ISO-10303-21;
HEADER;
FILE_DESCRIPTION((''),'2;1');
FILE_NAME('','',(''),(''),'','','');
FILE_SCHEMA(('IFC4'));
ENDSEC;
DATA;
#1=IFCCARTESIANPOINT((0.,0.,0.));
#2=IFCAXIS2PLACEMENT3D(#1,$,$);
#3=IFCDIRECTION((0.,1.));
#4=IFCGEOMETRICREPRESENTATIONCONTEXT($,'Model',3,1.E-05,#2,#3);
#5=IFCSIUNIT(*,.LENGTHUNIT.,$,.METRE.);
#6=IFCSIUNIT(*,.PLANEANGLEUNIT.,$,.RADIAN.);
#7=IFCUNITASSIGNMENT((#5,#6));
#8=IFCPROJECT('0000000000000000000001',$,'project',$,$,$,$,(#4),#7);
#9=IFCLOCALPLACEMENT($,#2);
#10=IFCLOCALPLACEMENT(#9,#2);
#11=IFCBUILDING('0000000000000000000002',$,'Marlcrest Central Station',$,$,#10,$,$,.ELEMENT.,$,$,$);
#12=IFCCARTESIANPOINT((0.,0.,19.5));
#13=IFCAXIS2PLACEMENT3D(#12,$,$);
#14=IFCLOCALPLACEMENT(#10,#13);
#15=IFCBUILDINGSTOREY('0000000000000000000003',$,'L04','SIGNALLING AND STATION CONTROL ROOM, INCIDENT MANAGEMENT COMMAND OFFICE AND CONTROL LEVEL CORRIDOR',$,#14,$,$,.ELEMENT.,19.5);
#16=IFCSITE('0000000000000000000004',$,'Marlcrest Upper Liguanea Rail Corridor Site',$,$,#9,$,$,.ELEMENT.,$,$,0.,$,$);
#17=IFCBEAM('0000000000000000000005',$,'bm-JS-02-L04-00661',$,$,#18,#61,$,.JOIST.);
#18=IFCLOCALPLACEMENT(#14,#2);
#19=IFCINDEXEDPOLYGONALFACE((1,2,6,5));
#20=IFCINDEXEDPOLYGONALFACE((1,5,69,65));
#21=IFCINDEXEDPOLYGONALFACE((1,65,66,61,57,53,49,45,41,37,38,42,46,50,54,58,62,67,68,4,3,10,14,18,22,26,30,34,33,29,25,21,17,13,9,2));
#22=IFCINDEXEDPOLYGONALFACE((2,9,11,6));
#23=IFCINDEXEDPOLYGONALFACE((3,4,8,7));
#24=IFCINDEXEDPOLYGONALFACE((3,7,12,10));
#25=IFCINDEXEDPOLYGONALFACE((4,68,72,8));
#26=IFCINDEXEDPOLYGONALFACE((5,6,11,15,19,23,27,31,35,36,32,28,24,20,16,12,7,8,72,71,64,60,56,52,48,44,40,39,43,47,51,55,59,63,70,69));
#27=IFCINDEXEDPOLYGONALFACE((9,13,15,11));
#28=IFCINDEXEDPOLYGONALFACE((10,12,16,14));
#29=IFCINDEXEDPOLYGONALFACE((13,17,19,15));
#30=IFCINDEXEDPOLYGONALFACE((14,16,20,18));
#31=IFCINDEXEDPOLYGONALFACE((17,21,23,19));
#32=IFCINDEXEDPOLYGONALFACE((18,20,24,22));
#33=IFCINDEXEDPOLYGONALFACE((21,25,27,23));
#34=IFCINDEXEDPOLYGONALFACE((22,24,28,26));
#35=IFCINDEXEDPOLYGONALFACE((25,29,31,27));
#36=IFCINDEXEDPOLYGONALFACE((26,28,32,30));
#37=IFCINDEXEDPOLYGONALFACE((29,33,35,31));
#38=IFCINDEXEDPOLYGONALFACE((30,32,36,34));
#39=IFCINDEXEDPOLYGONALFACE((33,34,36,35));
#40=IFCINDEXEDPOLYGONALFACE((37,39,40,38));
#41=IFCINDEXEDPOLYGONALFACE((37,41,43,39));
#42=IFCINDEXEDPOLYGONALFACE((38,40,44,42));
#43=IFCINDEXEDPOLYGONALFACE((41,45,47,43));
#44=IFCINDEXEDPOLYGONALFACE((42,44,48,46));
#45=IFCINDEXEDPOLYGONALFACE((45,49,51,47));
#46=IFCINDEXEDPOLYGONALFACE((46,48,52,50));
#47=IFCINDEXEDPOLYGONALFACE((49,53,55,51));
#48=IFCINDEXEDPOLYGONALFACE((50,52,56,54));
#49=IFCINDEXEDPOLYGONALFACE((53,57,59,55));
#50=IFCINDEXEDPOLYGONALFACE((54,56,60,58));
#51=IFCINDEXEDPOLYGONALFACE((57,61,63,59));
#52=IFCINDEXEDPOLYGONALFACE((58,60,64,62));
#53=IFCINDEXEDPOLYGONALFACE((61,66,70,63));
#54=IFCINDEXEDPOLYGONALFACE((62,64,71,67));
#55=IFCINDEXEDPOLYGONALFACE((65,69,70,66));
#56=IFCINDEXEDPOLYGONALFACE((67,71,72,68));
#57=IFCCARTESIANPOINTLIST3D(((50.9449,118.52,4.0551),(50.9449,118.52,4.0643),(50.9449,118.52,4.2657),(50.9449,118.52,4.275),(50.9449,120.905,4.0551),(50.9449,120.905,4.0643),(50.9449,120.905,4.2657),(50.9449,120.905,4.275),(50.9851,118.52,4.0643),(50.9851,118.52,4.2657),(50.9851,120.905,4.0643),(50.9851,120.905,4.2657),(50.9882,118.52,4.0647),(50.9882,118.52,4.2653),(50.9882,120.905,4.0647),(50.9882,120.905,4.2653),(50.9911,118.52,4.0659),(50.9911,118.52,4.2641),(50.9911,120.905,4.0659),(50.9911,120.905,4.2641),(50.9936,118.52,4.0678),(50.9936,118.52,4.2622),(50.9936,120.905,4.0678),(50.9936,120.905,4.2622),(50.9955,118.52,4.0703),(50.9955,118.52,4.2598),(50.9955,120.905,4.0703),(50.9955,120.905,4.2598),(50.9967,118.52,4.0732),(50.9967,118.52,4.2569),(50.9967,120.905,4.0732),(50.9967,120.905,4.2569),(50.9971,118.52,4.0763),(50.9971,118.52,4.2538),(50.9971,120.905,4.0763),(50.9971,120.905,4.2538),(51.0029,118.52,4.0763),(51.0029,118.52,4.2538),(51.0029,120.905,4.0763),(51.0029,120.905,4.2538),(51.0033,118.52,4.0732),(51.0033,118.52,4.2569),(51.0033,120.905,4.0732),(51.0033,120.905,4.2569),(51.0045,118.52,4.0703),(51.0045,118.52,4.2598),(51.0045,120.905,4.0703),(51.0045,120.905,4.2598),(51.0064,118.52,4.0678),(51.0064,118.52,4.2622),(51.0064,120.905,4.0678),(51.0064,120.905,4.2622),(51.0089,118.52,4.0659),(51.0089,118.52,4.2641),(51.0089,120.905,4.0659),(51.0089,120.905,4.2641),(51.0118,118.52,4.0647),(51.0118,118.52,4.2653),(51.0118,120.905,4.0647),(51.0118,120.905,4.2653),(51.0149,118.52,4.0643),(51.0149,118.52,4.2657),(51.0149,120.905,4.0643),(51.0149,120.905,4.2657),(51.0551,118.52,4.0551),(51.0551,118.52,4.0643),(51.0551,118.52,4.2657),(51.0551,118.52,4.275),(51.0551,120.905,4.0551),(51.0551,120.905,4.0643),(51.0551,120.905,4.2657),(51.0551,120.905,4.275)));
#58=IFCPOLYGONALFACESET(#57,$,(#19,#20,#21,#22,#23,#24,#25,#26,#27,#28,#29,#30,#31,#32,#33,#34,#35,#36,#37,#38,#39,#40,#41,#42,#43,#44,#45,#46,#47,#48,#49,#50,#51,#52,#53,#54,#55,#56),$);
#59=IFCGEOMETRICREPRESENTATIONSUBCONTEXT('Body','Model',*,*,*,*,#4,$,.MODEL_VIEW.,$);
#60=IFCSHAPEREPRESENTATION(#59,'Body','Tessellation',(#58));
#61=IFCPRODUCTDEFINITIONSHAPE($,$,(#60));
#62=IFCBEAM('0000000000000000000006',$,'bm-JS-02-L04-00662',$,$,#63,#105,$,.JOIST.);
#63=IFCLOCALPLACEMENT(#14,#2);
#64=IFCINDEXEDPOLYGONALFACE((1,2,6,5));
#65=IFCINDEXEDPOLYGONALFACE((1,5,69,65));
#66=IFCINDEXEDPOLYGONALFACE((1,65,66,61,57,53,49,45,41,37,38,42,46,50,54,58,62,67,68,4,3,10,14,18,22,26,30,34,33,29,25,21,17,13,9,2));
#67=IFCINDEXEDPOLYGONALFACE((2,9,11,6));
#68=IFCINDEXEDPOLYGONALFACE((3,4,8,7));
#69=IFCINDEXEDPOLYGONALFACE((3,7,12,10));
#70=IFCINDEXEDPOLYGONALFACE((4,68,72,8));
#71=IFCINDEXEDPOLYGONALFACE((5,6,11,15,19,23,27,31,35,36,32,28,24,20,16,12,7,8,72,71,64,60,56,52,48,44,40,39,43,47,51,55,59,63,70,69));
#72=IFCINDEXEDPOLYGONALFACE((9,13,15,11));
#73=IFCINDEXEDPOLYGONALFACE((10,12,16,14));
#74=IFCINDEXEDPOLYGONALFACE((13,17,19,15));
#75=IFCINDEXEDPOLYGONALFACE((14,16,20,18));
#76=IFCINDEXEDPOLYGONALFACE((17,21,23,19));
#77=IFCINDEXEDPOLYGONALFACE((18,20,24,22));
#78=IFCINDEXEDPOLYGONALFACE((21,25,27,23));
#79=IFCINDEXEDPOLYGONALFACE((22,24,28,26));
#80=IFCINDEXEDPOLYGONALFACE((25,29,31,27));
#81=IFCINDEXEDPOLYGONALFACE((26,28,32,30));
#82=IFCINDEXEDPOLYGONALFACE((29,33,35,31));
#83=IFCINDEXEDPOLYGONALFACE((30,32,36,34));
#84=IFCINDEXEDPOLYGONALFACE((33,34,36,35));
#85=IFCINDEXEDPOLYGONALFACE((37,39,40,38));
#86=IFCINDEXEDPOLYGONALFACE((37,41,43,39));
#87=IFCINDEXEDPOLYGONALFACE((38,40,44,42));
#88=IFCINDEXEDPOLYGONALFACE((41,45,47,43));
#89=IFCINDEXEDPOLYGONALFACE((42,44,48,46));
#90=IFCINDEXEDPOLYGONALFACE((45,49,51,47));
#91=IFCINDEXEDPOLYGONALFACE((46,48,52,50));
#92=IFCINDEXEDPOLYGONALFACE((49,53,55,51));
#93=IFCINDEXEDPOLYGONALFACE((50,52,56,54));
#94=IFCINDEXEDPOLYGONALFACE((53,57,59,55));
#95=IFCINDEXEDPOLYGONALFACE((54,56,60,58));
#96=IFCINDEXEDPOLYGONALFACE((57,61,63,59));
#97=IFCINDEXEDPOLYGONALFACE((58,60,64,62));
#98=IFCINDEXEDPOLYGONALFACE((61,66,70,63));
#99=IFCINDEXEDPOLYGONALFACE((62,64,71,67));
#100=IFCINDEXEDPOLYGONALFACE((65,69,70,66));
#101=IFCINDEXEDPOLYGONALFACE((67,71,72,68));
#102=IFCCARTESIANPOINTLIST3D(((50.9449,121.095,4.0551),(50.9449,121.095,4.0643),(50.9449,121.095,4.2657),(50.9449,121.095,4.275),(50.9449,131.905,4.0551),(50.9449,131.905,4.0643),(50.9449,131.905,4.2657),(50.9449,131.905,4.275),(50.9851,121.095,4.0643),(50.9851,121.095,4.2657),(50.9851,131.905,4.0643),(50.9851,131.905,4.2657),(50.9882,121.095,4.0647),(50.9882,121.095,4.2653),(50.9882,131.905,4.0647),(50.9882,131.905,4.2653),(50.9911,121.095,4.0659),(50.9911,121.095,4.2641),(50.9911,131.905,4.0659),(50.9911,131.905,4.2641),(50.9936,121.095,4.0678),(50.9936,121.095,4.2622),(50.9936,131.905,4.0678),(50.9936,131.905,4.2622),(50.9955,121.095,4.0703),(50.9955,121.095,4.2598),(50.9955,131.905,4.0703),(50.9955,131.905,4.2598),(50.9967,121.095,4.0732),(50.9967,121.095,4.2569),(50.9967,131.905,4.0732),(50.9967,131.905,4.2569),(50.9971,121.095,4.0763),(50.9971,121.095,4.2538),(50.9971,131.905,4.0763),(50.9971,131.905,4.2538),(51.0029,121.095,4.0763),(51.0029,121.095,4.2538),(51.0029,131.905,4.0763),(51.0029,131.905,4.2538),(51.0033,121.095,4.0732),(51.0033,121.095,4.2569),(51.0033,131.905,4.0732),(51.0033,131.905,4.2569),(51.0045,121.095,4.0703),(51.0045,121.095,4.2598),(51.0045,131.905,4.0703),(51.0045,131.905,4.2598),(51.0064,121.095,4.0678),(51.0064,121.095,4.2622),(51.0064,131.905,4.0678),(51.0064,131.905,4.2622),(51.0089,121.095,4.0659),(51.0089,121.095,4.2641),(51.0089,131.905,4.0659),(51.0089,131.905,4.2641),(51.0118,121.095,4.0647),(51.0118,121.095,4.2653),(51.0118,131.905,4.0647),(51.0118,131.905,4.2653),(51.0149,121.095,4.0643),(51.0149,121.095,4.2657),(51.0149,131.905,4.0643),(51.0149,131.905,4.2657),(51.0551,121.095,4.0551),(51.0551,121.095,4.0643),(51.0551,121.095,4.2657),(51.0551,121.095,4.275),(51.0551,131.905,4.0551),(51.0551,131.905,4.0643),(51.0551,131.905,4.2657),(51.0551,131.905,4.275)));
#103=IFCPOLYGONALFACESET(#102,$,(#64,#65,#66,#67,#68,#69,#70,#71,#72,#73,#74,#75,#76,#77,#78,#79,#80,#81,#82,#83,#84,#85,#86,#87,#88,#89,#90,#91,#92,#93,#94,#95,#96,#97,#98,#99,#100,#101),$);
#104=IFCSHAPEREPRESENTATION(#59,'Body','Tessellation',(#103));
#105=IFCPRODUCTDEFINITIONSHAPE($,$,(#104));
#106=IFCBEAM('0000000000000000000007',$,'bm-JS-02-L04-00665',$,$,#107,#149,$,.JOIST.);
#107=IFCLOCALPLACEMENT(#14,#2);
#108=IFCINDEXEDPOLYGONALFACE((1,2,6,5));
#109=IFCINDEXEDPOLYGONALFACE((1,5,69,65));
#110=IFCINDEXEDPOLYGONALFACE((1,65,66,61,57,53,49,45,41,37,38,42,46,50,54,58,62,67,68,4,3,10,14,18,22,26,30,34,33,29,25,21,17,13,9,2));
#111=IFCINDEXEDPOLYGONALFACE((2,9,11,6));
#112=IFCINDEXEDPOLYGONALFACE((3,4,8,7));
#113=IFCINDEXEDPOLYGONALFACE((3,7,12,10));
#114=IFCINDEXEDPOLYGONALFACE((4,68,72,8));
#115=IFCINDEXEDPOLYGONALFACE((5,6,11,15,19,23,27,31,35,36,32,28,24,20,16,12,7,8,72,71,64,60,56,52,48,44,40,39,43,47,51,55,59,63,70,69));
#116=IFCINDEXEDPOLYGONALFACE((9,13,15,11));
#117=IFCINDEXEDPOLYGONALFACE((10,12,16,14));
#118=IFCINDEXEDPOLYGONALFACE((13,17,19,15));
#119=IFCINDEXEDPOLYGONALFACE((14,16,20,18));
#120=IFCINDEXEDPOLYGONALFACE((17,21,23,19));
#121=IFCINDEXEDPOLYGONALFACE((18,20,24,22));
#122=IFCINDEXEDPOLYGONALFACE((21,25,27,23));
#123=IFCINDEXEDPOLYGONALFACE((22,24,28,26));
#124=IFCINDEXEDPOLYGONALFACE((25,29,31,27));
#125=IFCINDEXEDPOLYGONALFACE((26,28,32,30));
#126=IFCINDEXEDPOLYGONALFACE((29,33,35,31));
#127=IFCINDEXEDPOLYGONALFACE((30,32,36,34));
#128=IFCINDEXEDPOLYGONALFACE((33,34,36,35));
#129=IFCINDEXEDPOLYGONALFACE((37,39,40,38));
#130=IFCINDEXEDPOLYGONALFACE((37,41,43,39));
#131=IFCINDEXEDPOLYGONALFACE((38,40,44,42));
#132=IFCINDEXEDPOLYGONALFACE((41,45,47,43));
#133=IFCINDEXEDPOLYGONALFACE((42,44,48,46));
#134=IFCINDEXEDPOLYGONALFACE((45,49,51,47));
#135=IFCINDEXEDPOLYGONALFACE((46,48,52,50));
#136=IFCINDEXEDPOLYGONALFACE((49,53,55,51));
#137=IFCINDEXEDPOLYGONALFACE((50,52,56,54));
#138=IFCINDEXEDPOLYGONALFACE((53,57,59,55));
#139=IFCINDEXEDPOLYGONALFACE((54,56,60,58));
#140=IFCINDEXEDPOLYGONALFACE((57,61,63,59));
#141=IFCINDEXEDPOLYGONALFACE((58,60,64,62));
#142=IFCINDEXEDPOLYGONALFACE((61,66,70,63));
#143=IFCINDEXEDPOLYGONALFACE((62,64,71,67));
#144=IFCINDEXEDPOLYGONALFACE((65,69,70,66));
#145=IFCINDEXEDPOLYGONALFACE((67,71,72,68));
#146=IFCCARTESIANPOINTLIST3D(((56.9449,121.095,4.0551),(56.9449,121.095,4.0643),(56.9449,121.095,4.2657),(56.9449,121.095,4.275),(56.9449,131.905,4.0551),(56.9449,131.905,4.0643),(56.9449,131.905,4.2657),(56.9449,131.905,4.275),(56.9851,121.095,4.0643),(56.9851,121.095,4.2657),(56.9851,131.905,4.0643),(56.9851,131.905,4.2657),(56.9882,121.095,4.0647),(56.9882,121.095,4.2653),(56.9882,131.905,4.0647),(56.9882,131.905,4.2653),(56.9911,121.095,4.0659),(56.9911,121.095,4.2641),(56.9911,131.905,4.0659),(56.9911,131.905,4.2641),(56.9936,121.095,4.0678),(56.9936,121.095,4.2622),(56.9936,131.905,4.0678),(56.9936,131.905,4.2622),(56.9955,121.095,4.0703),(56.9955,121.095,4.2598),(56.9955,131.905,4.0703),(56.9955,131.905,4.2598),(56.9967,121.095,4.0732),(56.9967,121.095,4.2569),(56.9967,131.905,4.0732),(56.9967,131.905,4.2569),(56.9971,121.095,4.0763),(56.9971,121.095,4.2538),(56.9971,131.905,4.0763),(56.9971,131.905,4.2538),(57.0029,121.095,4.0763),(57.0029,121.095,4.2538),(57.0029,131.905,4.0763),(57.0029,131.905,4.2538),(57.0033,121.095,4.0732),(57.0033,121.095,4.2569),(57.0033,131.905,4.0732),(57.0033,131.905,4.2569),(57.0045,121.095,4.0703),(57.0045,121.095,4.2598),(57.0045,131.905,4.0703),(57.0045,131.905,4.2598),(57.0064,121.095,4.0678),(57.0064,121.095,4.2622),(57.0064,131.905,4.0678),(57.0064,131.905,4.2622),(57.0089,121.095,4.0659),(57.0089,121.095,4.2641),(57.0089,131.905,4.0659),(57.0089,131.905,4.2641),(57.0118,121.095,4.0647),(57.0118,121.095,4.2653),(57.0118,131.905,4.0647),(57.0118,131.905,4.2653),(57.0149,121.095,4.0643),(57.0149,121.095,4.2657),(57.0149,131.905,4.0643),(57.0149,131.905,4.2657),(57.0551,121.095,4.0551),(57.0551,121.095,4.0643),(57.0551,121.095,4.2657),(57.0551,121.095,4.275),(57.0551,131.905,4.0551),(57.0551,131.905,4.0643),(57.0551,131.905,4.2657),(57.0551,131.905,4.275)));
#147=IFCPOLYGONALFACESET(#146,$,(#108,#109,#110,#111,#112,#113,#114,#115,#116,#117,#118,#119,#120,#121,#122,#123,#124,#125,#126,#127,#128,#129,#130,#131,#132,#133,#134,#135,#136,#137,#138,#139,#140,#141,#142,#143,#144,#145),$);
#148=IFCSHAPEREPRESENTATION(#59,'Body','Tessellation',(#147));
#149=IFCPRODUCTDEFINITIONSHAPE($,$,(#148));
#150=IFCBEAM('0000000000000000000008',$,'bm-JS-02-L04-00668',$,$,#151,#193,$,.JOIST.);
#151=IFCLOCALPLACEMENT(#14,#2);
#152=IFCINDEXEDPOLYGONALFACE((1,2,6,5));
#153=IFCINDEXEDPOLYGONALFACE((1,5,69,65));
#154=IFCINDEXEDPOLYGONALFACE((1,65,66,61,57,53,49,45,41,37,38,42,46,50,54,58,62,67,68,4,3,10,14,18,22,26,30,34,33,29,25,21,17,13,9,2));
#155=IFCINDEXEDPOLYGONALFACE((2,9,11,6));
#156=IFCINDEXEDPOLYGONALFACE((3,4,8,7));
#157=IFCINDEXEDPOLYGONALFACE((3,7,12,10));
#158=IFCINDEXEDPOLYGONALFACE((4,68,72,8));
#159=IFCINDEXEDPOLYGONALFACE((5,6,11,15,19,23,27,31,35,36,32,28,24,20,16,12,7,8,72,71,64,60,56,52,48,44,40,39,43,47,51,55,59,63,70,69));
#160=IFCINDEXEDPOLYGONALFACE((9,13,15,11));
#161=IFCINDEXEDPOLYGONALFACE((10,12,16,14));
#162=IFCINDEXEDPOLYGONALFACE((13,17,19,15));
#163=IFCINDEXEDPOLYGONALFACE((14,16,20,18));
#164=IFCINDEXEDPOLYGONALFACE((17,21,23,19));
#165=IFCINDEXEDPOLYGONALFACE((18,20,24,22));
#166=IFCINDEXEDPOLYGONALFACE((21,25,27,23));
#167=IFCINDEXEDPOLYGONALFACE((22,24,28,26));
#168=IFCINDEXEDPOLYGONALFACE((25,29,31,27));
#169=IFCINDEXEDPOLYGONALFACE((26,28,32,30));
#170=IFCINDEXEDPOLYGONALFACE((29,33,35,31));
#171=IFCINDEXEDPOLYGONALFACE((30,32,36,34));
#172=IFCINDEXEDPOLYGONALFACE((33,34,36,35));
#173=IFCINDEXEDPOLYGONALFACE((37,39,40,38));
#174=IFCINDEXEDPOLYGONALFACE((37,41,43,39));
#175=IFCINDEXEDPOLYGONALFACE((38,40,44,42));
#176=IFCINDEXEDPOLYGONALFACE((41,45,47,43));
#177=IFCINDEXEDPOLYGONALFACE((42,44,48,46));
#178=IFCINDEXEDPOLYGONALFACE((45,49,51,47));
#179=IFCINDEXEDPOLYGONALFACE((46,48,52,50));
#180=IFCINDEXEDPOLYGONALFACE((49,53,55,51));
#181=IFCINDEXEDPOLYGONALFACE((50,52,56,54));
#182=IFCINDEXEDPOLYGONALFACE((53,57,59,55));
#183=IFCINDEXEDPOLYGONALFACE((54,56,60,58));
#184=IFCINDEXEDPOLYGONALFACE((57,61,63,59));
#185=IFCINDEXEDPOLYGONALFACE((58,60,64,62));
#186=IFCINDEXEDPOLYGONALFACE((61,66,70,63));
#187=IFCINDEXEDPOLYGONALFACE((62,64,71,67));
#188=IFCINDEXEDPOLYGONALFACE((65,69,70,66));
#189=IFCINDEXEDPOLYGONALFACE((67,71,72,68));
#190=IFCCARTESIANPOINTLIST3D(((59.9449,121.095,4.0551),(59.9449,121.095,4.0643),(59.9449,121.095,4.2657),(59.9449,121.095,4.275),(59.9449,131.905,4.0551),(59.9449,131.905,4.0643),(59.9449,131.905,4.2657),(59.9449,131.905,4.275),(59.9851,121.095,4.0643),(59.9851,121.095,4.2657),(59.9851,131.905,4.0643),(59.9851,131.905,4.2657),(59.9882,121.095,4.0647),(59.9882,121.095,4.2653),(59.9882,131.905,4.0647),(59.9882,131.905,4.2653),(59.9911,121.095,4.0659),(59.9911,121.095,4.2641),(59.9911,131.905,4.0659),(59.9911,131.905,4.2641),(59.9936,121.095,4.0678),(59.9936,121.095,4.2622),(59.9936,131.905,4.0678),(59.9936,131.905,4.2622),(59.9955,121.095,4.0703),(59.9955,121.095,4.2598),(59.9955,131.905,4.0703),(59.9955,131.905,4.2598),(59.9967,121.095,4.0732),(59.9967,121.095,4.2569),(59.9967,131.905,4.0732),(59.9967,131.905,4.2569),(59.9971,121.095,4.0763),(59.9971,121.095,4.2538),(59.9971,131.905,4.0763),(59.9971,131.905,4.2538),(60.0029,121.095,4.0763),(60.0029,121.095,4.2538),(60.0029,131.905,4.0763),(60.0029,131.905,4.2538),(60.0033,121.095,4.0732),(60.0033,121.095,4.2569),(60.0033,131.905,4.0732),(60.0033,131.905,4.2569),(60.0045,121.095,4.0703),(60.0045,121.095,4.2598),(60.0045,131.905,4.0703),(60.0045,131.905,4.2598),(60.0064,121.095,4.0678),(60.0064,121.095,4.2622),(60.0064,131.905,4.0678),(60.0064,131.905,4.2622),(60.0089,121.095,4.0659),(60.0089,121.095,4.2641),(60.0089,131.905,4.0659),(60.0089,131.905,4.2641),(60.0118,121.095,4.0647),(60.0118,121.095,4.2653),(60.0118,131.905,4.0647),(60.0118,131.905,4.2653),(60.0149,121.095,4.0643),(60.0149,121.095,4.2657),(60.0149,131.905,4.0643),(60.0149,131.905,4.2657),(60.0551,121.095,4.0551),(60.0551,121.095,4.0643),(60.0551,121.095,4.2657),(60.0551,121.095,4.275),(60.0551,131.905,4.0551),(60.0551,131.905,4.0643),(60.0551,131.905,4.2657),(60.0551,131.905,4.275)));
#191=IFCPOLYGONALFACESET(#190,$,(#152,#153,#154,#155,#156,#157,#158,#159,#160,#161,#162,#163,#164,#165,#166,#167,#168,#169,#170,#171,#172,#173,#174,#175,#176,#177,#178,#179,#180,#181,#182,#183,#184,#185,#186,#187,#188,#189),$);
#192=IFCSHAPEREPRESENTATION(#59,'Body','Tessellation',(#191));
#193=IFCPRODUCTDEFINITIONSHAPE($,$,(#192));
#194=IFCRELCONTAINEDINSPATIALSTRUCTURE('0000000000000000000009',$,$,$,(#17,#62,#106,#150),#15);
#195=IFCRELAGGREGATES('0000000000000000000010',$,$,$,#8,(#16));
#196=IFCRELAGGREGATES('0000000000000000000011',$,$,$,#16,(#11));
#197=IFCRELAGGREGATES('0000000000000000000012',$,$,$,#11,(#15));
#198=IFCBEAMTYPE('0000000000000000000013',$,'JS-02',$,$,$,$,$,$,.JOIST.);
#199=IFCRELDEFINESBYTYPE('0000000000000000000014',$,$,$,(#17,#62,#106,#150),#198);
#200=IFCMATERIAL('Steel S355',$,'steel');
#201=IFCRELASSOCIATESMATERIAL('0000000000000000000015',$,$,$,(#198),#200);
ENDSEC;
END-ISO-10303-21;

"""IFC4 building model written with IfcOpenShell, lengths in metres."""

from ifc_helpers import new_model, si_unit, direction, frame, origin, origin_2d, place, context, subcontext, project, spatial, i_section, extrude, material, material_profile, profile_set, type_object, element, save


model = new_model("IFC4")

# Units and contexts
model_context = context("Model", 3, precision=1e-05, world=origin(), true_north=direction((0.0, 1.0)))
body_context = subcontext(model_context, "Body", "Model", "MODEL_VIEW")
ifc_project = project(units=[si_unit("LENGTHUNIT", "METRE"), si_unit("PLANEANGLEUNIT", "RADIAN")], contexts=[model_context])

# Site, building, storey
site_placement = place(None, origin())
site = spatial("IfcSite", under=ifc_project, at=site_placement, Name="Marlcrest Upper Liguanea Rail Corridor Site", CompositionType="ELEMENT", RefElevation=0.0)
building_placement = place(site_placement, origin())
building = spatial("IfcBuilding", under=site, at=building_placement, Name="Marlcrest Central Station", CompositionType="ELEMENT")
storey_placement = place(building_placement, frame((0.0, 0.0, 19.5)))
storey = spatial("IfcBuildingStorey", under=building, at=storey_placement, Name="L04", Description="SIGNALLING AND STATION CONTROL ROOM, INCIDENT MANAGEMENT COMMAND OFFICE AND CONTROL LEVEL CORRIDOR", CompositionType="ELEMENT", Elevation=19.5)

# Shared definitions
ifc_material_1 = material(Name="Steel S355", Category="steel")

# Beams
ifc_material_profile_1 = material_profile(ifc_material_1, i_section(OverallWidth=0.1101, OverallDepth=0.22, WebThickness=0.0059, FlangeThickness=0.0093, FilletRadius=0.012, at=origin_2d()), Name="IPE 220")
ifc_profile_set_1 = profile_set([ifc_material_profile_1], Name="Steel S355")
beam_type_1 = type_object("IfcBeamType", Name="JS-02", PredefinedType="JOIST", material=ifc_profile_set_1)
beam_1_placement = place(storey_placement, frame((51.0, 118.52, 4.165), z_axis=(0.0, 1.0, 0.0), x_axis=(-1.0, 0.0, 0.0)))
element("IfcBeam", 1, at=beam_1_placement, inside=storey, type_object=beam_type_1, Name="bm-JS-02-L04-00661", PredefinedType="JOIST", context=body_context, shape_type="SweptSolid", body=[
    extrude(i_section(OverallWidth=0.1101, OverallDepth=0.22, WebThickness=0.0059, FlangeThickness=0.0093, FilletRadius=0.012, at=origin_2d()), origin(), (0.0, 0.0, 1.0), 2.385),
])
for number, where, z_axis, x_axis, name in (
    (2, (51.0, 121.095, 4.165), (0.0, 1.0, 0.0), (-1.0, 0.0, 0.0), "bm-JS-02-L04-00662"),
    (3, (57.0, 121.095, 4.165), (0.0, 1.0, 0.0), (-1.0, 0.0, 0.0), "bm-JS-02-L04-00665"),
    (4, (60.0, 121.095, 4.165), (0.0, 1.0, 0.0), (-1.0, 0.0, 0.0), "bm-JS-02-L04-00668"),
):
    element("IfcBeam", number, at=place(storey_placement, frame(where, z_axis=z_axis, x_axis=x_axis)), inside=storey, type_object=beam_type_1, Name=name, PredefinedType="JOIST", context=body_context, shape_type="SweptSolid", body=[
        extrude(i_section(OverallWidth=0.1101, OverallDepth=0.22, WebThickness=0.0059, FlangeThickness=0.0093, FilletRadius=0.012, at=origin_2d()), origin(), (0.0, 0.0, 1.0), 10.8101),
    ])

save(model, "model.ifc")
